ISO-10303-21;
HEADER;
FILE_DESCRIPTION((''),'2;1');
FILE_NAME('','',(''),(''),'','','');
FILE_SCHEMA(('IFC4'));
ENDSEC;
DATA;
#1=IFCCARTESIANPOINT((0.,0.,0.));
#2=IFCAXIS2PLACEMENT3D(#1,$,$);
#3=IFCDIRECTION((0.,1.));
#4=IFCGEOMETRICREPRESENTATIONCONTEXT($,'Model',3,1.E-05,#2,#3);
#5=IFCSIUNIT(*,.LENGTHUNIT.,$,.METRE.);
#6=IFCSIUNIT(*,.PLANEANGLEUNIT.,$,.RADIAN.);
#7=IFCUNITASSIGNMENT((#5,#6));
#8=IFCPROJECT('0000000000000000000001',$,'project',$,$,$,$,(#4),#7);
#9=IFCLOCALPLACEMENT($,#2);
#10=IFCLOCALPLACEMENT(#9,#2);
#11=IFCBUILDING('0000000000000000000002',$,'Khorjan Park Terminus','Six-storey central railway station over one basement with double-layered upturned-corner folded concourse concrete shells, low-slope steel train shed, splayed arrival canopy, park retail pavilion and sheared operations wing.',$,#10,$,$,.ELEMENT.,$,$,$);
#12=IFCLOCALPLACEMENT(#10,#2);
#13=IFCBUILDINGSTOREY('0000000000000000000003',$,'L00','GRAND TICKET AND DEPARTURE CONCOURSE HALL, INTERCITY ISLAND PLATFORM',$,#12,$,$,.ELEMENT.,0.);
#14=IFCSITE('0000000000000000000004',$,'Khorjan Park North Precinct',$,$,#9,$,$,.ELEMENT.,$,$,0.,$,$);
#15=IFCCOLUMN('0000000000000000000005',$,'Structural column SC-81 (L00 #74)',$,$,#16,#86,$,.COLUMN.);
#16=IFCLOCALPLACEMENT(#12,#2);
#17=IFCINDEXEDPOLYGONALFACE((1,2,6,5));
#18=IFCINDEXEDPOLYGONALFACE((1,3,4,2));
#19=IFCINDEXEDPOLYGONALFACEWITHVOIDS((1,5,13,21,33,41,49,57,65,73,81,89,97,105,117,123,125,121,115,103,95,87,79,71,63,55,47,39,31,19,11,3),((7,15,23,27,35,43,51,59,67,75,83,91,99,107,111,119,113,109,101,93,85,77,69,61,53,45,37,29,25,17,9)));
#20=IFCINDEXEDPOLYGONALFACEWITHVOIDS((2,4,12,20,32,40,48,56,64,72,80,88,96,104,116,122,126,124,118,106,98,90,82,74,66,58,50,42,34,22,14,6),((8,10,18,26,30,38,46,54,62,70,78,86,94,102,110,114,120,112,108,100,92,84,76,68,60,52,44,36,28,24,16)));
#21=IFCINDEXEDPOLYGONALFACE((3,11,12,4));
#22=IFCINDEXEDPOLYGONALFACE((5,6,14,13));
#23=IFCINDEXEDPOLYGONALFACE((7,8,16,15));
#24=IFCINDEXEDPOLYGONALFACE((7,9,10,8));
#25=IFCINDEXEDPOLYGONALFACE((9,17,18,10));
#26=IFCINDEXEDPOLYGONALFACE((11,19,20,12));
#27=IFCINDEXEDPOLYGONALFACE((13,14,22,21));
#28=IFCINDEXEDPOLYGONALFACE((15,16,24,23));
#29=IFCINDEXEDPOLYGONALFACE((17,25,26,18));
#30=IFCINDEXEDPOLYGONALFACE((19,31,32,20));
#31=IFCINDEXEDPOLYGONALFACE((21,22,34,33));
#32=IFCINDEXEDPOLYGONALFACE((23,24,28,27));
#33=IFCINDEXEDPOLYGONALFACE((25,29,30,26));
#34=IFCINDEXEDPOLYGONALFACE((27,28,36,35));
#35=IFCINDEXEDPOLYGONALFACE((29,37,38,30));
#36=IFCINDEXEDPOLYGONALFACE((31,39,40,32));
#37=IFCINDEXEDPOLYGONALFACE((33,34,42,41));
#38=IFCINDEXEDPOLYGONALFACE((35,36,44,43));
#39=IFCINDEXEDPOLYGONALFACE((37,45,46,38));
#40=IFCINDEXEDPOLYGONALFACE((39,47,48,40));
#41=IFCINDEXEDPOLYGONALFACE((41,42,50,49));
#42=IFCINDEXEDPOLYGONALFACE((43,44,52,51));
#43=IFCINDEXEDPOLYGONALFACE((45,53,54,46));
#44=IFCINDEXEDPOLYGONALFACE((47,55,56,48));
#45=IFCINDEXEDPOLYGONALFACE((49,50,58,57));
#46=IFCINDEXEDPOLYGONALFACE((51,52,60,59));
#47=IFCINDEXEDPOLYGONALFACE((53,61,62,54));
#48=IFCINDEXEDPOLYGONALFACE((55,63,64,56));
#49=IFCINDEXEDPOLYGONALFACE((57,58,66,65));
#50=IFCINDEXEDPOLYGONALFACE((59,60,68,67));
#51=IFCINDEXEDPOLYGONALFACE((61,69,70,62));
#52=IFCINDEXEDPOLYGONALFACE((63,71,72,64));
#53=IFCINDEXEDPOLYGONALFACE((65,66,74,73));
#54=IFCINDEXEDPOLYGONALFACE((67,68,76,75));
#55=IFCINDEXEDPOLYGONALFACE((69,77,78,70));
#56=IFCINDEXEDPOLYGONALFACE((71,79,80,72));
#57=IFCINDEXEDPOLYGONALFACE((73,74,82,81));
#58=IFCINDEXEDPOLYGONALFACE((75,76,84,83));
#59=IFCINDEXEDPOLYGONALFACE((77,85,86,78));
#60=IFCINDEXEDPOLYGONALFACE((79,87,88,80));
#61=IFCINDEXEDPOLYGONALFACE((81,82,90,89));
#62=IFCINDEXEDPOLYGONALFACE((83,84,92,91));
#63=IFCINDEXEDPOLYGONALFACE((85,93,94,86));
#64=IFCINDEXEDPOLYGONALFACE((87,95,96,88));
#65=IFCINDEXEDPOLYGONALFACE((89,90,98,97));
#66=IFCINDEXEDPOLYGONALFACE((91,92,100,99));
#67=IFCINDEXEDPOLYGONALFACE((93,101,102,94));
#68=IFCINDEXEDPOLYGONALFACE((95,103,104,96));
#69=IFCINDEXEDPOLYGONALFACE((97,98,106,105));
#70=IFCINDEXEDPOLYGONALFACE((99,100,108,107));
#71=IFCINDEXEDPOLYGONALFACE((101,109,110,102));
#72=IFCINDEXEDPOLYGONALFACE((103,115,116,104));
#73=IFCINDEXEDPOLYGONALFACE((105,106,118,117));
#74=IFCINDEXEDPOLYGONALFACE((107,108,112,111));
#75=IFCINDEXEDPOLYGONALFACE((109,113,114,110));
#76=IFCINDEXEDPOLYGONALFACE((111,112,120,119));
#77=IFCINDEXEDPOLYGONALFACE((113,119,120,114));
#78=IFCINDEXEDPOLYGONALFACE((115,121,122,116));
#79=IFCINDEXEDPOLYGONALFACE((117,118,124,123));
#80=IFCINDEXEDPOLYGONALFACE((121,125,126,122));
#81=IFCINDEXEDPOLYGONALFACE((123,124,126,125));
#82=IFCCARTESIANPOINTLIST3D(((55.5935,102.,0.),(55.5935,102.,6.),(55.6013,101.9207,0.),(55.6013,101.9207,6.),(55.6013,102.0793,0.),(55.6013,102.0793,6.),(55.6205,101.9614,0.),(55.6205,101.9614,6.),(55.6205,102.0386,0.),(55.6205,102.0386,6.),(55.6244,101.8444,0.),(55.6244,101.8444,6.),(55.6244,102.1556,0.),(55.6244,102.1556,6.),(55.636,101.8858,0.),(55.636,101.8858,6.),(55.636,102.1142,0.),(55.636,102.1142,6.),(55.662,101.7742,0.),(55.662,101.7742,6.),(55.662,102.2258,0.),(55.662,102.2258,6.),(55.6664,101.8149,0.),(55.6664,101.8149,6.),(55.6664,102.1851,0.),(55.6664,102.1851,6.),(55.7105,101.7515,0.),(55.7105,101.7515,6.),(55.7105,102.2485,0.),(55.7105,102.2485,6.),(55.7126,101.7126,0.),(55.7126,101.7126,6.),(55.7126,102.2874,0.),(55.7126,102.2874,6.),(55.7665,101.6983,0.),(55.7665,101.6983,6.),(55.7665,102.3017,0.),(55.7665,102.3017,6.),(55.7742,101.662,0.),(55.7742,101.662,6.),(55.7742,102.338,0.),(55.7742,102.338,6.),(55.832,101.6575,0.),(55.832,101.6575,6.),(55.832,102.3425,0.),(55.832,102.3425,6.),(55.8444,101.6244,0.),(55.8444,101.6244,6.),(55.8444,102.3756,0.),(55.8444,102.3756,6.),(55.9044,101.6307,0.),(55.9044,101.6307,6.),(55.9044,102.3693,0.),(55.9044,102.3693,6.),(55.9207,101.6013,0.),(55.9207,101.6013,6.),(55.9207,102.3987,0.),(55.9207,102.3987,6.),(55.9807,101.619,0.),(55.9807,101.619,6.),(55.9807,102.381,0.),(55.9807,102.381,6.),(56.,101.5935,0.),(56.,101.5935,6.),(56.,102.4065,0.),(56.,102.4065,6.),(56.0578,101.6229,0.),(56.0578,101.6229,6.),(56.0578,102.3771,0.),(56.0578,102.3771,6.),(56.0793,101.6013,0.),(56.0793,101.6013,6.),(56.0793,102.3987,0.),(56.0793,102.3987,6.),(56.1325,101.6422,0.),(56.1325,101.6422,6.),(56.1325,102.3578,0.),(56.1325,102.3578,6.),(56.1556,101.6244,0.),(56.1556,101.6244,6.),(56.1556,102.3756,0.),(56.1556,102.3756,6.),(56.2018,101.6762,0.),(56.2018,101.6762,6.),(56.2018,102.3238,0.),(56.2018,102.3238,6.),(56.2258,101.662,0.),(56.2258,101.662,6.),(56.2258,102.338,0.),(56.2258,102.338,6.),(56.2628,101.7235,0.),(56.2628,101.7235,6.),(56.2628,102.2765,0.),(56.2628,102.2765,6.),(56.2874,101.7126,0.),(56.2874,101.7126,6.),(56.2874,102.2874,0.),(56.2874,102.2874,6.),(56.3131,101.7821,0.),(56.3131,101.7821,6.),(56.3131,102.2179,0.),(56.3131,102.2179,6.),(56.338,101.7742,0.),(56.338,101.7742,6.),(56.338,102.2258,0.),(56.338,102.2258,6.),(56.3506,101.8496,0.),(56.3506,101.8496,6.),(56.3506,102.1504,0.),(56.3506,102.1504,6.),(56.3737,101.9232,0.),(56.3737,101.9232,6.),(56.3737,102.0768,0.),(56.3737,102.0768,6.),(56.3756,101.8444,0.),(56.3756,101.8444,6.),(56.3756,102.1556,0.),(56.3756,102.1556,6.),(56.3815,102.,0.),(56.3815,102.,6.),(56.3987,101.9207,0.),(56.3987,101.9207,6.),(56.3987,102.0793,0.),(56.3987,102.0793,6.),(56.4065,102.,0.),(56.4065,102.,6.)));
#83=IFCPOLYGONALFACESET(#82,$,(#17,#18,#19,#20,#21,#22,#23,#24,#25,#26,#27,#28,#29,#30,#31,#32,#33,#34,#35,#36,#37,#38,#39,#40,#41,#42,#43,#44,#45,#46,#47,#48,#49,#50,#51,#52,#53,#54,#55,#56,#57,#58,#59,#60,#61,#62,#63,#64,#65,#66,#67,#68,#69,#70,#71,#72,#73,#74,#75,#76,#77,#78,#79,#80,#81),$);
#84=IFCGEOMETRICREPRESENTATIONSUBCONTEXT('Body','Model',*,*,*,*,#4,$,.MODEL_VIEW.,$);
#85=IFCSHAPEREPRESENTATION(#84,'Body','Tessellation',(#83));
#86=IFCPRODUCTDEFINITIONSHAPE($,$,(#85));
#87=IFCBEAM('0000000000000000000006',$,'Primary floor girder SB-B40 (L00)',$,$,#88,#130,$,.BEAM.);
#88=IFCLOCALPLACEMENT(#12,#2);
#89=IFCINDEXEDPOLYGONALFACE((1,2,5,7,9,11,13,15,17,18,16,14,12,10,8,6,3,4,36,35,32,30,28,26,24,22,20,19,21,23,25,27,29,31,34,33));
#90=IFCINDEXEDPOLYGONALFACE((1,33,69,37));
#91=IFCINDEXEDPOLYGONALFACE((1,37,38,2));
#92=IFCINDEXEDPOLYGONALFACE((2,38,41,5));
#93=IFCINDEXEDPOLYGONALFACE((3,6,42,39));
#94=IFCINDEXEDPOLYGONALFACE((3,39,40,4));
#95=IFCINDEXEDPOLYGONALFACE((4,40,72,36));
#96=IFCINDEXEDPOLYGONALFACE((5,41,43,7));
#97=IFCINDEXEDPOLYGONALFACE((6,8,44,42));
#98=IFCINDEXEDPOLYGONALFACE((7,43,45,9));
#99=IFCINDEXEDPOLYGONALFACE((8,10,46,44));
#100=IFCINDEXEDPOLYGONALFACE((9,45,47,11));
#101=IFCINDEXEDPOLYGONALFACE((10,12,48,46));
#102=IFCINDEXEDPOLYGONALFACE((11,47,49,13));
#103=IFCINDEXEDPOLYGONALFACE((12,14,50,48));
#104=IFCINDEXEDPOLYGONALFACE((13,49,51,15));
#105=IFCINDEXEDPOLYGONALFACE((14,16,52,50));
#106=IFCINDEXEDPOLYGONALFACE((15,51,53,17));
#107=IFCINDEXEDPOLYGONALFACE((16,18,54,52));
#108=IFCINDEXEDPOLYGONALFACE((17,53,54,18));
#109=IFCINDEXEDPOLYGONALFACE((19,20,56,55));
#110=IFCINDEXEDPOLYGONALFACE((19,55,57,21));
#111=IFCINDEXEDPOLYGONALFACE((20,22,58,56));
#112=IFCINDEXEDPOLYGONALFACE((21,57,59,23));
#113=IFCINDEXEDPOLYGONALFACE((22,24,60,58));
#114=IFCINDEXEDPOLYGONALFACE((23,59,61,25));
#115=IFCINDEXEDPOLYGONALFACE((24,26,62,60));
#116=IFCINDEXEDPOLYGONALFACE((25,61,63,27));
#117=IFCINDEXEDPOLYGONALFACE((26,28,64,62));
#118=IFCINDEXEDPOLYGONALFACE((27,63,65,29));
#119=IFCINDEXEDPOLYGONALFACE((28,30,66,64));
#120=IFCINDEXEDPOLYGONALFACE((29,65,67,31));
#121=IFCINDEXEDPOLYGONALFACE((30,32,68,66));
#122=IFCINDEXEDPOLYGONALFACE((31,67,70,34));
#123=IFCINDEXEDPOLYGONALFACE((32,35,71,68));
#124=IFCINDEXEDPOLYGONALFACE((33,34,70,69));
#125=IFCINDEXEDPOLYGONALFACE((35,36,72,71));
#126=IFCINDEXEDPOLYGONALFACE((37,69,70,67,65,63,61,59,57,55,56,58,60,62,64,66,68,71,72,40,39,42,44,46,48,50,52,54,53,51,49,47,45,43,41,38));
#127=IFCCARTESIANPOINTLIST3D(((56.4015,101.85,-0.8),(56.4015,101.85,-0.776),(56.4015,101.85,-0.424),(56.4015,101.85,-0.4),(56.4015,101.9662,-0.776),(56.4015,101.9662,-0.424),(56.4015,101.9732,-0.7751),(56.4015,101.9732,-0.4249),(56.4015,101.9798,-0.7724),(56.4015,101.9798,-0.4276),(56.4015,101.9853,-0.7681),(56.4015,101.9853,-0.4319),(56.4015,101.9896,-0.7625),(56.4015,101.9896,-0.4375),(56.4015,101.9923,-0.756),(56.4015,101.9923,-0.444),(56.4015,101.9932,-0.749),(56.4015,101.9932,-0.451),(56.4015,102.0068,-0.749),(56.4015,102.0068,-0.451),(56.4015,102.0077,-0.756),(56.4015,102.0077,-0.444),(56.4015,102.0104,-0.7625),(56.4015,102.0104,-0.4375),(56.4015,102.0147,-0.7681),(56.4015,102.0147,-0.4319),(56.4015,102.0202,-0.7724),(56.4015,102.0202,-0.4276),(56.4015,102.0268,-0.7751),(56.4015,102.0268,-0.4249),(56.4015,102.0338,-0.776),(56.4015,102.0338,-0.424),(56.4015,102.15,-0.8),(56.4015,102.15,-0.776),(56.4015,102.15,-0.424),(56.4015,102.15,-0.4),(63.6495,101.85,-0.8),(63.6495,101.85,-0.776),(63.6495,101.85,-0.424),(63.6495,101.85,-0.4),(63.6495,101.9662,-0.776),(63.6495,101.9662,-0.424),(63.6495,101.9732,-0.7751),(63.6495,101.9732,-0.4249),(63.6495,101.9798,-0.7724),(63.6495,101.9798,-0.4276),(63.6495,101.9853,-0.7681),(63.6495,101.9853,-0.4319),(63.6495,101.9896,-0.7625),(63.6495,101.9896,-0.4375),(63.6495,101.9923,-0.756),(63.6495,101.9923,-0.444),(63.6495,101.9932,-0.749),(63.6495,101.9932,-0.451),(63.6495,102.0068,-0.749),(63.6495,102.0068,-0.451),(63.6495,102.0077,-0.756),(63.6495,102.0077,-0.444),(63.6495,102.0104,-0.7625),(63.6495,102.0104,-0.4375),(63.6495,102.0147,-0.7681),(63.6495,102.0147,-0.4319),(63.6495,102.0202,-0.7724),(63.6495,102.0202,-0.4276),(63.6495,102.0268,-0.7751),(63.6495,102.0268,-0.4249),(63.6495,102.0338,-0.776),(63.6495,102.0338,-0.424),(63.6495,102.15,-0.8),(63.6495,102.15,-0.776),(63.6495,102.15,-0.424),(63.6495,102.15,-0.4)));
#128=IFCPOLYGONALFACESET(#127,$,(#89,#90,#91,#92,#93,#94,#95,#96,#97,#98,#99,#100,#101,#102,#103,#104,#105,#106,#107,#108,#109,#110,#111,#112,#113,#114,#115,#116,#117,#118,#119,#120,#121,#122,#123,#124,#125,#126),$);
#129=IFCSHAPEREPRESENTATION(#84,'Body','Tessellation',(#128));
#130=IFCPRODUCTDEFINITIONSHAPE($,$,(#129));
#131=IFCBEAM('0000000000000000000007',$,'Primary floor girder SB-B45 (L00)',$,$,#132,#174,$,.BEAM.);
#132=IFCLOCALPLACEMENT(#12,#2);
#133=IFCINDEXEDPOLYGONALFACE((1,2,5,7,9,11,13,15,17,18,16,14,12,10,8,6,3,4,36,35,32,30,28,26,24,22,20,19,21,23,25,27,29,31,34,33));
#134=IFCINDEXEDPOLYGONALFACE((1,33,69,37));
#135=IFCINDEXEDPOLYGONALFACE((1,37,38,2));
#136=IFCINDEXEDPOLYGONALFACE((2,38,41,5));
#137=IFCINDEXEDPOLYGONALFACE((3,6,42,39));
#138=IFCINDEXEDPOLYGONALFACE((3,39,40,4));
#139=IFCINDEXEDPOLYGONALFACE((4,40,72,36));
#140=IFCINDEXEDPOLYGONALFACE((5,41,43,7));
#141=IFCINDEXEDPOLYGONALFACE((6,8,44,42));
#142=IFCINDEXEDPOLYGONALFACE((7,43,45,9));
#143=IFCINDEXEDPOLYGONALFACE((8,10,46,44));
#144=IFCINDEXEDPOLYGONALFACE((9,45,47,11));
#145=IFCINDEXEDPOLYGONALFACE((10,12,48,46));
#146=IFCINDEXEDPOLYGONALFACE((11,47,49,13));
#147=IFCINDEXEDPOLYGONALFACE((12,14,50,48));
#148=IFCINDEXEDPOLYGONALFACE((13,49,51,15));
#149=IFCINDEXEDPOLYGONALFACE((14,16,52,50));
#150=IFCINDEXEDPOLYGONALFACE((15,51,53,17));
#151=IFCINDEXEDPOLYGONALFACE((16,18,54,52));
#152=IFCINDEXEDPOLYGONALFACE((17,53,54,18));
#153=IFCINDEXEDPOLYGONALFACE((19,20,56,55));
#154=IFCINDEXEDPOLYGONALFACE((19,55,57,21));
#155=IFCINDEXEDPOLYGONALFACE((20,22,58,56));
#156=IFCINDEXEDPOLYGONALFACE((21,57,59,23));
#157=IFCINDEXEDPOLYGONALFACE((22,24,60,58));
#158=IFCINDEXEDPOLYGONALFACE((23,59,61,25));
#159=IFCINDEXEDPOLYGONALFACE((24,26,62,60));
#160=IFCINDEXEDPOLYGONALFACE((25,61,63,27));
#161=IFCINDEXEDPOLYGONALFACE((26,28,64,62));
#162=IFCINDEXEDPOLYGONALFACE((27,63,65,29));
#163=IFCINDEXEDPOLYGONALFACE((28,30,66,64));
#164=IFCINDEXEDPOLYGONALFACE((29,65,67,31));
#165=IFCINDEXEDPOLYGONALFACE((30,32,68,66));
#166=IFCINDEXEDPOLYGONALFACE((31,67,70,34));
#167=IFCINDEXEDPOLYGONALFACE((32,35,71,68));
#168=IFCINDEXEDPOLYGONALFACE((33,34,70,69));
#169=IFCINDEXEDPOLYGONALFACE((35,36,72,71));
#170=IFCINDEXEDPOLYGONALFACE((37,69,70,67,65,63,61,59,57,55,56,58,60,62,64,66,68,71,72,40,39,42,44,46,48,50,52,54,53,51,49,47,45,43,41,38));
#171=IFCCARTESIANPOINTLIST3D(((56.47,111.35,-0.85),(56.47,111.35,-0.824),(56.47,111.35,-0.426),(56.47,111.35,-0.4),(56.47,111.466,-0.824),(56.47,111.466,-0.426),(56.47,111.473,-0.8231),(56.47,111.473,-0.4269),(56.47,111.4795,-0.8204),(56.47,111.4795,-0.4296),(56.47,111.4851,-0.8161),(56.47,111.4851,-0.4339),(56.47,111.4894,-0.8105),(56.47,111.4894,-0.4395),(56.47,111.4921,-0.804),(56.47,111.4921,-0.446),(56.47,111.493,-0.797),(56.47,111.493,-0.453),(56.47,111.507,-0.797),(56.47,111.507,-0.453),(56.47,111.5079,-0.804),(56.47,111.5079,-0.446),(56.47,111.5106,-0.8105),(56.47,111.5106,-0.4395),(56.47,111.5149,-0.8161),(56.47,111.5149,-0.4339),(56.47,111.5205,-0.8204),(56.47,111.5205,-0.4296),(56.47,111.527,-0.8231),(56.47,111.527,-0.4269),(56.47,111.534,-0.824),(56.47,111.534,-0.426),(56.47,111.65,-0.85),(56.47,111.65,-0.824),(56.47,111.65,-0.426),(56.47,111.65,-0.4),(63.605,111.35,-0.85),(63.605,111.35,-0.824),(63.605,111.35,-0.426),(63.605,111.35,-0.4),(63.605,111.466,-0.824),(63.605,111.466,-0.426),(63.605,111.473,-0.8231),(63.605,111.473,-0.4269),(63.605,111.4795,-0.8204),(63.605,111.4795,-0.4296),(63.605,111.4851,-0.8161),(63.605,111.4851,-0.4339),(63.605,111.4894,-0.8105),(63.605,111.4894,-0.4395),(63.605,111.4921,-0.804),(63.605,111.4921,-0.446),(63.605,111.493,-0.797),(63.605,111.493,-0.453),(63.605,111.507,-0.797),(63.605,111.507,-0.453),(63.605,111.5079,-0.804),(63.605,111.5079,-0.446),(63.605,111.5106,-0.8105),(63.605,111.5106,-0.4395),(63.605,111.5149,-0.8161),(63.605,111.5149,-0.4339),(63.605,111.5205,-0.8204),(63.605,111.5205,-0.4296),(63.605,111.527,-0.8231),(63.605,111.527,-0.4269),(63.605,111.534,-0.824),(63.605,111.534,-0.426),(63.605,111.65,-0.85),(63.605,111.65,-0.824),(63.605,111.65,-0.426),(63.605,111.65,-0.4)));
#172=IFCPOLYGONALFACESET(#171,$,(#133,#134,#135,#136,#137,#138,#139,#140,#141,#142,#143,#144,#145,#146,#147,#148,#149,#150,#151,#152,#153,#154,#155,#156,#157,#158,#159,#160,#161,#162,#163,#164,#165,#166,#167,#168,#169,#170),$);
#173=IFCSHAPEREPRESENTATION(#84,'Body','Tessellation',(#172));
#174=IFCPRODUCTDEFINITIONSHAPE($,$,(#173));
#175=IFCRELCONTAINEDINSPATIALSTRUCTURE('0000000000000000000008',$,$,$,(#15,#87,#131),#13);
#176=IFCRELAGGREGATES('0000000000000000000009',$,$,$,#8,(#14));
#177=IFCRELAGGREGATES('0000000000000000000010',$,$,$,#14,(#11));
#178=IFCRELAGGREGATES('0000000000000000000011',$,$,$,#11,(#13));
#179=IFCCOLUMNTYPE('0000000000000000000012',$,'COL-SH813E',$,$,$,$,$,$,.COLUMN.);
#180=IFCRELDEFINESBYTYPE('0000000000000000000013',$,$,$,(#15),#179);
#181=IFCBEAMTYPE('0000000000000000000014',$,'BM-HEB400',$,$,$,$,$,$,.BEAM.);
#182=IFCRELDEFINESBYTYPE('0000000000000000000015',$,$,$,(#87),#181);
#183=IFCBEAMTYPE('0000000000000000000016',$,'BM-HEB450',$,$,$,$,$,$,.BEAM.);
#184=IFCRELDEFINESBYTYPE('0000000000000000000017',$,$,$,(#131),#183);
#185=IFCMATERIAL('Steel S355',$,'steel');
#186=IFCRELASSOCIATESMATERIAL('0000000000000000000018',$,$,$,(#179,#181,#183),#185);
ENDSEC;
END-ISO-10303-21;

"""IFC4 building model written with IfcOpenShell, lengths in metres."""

from ifc_helpers import new_model, si_unit, direction, frame, origin, origin_2d, place, context, subcontext, project, spatial, hollow_circle, i_section, extrude, material, material_profile, profile_set, type_object, element, save


model = new_model("IFC4")

# Units and contexts
model_context = context("Model", 3, precision=1e-05, world=origin(), true_north=direction((0.0, 1.0)))
body_context = subcontext(model_context, "Body", "Model", "MODEL_VIEW")
ifc_project = project(units=[si_unit("LENGTHUNIT", "METRE"), si_unit("PLANEANGLEUNIT", "RADIAN")], contexts=[model_context])

# Site, building, storey
site_placement = place(None, origin())
site = spatial("IfcSite", under=ifc_project, at=site_placement, Name="Khorjan Park North Precinct", CompositionType="ELEMENT", RefElevation=0.0)
building_placement = place(site_placement, origin())
building = spatial("IfcBuilding", under=site, at=building_placement, Name="Khorjan Park Terminus", Description="Six-storey central railway station over one basement with double-layered upturned-corner folded concourse concrete shells, low-slope steel train shed, splayed arrival canopy, park retail pavilion and sheared operations wing.", CompositionType="ELEMENT")
storey_placement = place(building_placement, origin())
storey = spatial("IfcBuildingStorey", under=building, at=storey_placement, Name="L00", Description="GRAND TICKET AND DEPARTURE CONCOURSE HALL, INTERCITY ISLAND PLATFORM", CompositionType="ELEMENT", Elevation=0.0)

# Column
ifc_material_1 = material(Name="Steel S355", Category="steel")
ifc_material_profile_1 = material_profile(ifc_material_1, hollow_circle(Radius=0.4065, WallThickness=0.025, at=origin_2d()), Name="CHS 813x25")
ifc_profile_set_1 = profile_set([ifc_material_profile_1], Name="Steel S355")
column_type_1 = type_object("IfcColumnType", Name="COL-SH813E", PredefinedType="COLUMN", material=ifc_profile_set_1)
column_1_placement = place(storey_placement, frame((56.0, 102.0, 0.0), z_axis=(0.0, 0.0, 1.0), x_axis=(1.0, 0.0, 0.0)))
element("IfcColumn", 1, at=column_1_placement, inside=storey, type_object=column_type_1, Name="Structural column SC-81 (L00 #74)", PredefinedType="COLUMN", context=body_context, shape_type="SweptSolid", body=[
    extrude(hollow_circle(Radius=0.4065, WallThickness=0.025, at=origin_2d()), origin(), (0.0, 0.0, 1.0), 6.0),
])

# Beams
ifc_material_profile_2 = material_profile(ifc_material_1, i_section(OverallWidth=0.3, OverallDepth=0.4, WebThickness=0.0135, FlangeThickness=0.024, FilletRadius=0.027, at=origin_2d()), Name="HEB 400")
ifc_profile_set_2 = profile_set([ifc_material_profile_2], Name="Steel S355")
beam_type_1 = type_object("IfcBeamType", Name="BM-HEB400", PredefinedType="BEAM", material=ifc_profile_set_2)
beam_1_placement = place(storey_placement, frame((56.4015, 102.0, -0.6), z_axis=(1.0, 0.0, 0.0), x_axis=(0.0, 1.0, 0.0)))
element("IfcBeam", 2, at=beam_1_placement, inside=storey, type_object=beam_type_1, Name="Primary floor girder SB-B40 (L00)", PredefinedType="BEAM", context=body_context, shape_type="SweptSolid", body=[
    extrude(i_section(OverallWidth=0.3, OverallDepth=0.4, WebThickness=0.0135, FlangeThickness=0.024, FilletRadius=0.027, at=origin_2d()), origin(), (0.0, 0.0, 1.0), 7.248),
])
ifc_material_profile_3 = material_profile(ifc_material_1, i_section(OverallWidth=0.3, OverallDepth=0.45, WebThickness=0.014, FlangeThickness=0.026, FilletRadius=0.027, at=origin_2d()), Name="HEB 450")
ifc_profile_set_3 = profile_set([ifc_material_profile_3], Name="Steel S355")
beam_type_2 = type_object("IfcBeamType", Name="BM-HEB450", PredefinedType="BEAM", material=ifc_profile_set_3)
beam_2_placement = place(storey_placement, frame((56.47, 111.5, -0.625), z_axis=(1.0, 0.0, 0.0), x_axis=(0.0, 1.0, 0.0)))
element("IfcBeam", 3, at=beam_2_placement, inside=storey, type_object=beam_type_2, Name="Primary floor girder SB-B45 (L00)", PredefinedType="BEAM", context=body_context, shape_type="SweptSolid", body=[
    extrude(i_section(OverallWidth=0.3, OverallDepth=0.45, WebThickness=0.014, FlangeThickness=0.026, FilletRadius=0.027, at=origin_2d()), origin(), (0.0, 0.0, 1.0), 7.135),
])

save(model, "model.ifc")
